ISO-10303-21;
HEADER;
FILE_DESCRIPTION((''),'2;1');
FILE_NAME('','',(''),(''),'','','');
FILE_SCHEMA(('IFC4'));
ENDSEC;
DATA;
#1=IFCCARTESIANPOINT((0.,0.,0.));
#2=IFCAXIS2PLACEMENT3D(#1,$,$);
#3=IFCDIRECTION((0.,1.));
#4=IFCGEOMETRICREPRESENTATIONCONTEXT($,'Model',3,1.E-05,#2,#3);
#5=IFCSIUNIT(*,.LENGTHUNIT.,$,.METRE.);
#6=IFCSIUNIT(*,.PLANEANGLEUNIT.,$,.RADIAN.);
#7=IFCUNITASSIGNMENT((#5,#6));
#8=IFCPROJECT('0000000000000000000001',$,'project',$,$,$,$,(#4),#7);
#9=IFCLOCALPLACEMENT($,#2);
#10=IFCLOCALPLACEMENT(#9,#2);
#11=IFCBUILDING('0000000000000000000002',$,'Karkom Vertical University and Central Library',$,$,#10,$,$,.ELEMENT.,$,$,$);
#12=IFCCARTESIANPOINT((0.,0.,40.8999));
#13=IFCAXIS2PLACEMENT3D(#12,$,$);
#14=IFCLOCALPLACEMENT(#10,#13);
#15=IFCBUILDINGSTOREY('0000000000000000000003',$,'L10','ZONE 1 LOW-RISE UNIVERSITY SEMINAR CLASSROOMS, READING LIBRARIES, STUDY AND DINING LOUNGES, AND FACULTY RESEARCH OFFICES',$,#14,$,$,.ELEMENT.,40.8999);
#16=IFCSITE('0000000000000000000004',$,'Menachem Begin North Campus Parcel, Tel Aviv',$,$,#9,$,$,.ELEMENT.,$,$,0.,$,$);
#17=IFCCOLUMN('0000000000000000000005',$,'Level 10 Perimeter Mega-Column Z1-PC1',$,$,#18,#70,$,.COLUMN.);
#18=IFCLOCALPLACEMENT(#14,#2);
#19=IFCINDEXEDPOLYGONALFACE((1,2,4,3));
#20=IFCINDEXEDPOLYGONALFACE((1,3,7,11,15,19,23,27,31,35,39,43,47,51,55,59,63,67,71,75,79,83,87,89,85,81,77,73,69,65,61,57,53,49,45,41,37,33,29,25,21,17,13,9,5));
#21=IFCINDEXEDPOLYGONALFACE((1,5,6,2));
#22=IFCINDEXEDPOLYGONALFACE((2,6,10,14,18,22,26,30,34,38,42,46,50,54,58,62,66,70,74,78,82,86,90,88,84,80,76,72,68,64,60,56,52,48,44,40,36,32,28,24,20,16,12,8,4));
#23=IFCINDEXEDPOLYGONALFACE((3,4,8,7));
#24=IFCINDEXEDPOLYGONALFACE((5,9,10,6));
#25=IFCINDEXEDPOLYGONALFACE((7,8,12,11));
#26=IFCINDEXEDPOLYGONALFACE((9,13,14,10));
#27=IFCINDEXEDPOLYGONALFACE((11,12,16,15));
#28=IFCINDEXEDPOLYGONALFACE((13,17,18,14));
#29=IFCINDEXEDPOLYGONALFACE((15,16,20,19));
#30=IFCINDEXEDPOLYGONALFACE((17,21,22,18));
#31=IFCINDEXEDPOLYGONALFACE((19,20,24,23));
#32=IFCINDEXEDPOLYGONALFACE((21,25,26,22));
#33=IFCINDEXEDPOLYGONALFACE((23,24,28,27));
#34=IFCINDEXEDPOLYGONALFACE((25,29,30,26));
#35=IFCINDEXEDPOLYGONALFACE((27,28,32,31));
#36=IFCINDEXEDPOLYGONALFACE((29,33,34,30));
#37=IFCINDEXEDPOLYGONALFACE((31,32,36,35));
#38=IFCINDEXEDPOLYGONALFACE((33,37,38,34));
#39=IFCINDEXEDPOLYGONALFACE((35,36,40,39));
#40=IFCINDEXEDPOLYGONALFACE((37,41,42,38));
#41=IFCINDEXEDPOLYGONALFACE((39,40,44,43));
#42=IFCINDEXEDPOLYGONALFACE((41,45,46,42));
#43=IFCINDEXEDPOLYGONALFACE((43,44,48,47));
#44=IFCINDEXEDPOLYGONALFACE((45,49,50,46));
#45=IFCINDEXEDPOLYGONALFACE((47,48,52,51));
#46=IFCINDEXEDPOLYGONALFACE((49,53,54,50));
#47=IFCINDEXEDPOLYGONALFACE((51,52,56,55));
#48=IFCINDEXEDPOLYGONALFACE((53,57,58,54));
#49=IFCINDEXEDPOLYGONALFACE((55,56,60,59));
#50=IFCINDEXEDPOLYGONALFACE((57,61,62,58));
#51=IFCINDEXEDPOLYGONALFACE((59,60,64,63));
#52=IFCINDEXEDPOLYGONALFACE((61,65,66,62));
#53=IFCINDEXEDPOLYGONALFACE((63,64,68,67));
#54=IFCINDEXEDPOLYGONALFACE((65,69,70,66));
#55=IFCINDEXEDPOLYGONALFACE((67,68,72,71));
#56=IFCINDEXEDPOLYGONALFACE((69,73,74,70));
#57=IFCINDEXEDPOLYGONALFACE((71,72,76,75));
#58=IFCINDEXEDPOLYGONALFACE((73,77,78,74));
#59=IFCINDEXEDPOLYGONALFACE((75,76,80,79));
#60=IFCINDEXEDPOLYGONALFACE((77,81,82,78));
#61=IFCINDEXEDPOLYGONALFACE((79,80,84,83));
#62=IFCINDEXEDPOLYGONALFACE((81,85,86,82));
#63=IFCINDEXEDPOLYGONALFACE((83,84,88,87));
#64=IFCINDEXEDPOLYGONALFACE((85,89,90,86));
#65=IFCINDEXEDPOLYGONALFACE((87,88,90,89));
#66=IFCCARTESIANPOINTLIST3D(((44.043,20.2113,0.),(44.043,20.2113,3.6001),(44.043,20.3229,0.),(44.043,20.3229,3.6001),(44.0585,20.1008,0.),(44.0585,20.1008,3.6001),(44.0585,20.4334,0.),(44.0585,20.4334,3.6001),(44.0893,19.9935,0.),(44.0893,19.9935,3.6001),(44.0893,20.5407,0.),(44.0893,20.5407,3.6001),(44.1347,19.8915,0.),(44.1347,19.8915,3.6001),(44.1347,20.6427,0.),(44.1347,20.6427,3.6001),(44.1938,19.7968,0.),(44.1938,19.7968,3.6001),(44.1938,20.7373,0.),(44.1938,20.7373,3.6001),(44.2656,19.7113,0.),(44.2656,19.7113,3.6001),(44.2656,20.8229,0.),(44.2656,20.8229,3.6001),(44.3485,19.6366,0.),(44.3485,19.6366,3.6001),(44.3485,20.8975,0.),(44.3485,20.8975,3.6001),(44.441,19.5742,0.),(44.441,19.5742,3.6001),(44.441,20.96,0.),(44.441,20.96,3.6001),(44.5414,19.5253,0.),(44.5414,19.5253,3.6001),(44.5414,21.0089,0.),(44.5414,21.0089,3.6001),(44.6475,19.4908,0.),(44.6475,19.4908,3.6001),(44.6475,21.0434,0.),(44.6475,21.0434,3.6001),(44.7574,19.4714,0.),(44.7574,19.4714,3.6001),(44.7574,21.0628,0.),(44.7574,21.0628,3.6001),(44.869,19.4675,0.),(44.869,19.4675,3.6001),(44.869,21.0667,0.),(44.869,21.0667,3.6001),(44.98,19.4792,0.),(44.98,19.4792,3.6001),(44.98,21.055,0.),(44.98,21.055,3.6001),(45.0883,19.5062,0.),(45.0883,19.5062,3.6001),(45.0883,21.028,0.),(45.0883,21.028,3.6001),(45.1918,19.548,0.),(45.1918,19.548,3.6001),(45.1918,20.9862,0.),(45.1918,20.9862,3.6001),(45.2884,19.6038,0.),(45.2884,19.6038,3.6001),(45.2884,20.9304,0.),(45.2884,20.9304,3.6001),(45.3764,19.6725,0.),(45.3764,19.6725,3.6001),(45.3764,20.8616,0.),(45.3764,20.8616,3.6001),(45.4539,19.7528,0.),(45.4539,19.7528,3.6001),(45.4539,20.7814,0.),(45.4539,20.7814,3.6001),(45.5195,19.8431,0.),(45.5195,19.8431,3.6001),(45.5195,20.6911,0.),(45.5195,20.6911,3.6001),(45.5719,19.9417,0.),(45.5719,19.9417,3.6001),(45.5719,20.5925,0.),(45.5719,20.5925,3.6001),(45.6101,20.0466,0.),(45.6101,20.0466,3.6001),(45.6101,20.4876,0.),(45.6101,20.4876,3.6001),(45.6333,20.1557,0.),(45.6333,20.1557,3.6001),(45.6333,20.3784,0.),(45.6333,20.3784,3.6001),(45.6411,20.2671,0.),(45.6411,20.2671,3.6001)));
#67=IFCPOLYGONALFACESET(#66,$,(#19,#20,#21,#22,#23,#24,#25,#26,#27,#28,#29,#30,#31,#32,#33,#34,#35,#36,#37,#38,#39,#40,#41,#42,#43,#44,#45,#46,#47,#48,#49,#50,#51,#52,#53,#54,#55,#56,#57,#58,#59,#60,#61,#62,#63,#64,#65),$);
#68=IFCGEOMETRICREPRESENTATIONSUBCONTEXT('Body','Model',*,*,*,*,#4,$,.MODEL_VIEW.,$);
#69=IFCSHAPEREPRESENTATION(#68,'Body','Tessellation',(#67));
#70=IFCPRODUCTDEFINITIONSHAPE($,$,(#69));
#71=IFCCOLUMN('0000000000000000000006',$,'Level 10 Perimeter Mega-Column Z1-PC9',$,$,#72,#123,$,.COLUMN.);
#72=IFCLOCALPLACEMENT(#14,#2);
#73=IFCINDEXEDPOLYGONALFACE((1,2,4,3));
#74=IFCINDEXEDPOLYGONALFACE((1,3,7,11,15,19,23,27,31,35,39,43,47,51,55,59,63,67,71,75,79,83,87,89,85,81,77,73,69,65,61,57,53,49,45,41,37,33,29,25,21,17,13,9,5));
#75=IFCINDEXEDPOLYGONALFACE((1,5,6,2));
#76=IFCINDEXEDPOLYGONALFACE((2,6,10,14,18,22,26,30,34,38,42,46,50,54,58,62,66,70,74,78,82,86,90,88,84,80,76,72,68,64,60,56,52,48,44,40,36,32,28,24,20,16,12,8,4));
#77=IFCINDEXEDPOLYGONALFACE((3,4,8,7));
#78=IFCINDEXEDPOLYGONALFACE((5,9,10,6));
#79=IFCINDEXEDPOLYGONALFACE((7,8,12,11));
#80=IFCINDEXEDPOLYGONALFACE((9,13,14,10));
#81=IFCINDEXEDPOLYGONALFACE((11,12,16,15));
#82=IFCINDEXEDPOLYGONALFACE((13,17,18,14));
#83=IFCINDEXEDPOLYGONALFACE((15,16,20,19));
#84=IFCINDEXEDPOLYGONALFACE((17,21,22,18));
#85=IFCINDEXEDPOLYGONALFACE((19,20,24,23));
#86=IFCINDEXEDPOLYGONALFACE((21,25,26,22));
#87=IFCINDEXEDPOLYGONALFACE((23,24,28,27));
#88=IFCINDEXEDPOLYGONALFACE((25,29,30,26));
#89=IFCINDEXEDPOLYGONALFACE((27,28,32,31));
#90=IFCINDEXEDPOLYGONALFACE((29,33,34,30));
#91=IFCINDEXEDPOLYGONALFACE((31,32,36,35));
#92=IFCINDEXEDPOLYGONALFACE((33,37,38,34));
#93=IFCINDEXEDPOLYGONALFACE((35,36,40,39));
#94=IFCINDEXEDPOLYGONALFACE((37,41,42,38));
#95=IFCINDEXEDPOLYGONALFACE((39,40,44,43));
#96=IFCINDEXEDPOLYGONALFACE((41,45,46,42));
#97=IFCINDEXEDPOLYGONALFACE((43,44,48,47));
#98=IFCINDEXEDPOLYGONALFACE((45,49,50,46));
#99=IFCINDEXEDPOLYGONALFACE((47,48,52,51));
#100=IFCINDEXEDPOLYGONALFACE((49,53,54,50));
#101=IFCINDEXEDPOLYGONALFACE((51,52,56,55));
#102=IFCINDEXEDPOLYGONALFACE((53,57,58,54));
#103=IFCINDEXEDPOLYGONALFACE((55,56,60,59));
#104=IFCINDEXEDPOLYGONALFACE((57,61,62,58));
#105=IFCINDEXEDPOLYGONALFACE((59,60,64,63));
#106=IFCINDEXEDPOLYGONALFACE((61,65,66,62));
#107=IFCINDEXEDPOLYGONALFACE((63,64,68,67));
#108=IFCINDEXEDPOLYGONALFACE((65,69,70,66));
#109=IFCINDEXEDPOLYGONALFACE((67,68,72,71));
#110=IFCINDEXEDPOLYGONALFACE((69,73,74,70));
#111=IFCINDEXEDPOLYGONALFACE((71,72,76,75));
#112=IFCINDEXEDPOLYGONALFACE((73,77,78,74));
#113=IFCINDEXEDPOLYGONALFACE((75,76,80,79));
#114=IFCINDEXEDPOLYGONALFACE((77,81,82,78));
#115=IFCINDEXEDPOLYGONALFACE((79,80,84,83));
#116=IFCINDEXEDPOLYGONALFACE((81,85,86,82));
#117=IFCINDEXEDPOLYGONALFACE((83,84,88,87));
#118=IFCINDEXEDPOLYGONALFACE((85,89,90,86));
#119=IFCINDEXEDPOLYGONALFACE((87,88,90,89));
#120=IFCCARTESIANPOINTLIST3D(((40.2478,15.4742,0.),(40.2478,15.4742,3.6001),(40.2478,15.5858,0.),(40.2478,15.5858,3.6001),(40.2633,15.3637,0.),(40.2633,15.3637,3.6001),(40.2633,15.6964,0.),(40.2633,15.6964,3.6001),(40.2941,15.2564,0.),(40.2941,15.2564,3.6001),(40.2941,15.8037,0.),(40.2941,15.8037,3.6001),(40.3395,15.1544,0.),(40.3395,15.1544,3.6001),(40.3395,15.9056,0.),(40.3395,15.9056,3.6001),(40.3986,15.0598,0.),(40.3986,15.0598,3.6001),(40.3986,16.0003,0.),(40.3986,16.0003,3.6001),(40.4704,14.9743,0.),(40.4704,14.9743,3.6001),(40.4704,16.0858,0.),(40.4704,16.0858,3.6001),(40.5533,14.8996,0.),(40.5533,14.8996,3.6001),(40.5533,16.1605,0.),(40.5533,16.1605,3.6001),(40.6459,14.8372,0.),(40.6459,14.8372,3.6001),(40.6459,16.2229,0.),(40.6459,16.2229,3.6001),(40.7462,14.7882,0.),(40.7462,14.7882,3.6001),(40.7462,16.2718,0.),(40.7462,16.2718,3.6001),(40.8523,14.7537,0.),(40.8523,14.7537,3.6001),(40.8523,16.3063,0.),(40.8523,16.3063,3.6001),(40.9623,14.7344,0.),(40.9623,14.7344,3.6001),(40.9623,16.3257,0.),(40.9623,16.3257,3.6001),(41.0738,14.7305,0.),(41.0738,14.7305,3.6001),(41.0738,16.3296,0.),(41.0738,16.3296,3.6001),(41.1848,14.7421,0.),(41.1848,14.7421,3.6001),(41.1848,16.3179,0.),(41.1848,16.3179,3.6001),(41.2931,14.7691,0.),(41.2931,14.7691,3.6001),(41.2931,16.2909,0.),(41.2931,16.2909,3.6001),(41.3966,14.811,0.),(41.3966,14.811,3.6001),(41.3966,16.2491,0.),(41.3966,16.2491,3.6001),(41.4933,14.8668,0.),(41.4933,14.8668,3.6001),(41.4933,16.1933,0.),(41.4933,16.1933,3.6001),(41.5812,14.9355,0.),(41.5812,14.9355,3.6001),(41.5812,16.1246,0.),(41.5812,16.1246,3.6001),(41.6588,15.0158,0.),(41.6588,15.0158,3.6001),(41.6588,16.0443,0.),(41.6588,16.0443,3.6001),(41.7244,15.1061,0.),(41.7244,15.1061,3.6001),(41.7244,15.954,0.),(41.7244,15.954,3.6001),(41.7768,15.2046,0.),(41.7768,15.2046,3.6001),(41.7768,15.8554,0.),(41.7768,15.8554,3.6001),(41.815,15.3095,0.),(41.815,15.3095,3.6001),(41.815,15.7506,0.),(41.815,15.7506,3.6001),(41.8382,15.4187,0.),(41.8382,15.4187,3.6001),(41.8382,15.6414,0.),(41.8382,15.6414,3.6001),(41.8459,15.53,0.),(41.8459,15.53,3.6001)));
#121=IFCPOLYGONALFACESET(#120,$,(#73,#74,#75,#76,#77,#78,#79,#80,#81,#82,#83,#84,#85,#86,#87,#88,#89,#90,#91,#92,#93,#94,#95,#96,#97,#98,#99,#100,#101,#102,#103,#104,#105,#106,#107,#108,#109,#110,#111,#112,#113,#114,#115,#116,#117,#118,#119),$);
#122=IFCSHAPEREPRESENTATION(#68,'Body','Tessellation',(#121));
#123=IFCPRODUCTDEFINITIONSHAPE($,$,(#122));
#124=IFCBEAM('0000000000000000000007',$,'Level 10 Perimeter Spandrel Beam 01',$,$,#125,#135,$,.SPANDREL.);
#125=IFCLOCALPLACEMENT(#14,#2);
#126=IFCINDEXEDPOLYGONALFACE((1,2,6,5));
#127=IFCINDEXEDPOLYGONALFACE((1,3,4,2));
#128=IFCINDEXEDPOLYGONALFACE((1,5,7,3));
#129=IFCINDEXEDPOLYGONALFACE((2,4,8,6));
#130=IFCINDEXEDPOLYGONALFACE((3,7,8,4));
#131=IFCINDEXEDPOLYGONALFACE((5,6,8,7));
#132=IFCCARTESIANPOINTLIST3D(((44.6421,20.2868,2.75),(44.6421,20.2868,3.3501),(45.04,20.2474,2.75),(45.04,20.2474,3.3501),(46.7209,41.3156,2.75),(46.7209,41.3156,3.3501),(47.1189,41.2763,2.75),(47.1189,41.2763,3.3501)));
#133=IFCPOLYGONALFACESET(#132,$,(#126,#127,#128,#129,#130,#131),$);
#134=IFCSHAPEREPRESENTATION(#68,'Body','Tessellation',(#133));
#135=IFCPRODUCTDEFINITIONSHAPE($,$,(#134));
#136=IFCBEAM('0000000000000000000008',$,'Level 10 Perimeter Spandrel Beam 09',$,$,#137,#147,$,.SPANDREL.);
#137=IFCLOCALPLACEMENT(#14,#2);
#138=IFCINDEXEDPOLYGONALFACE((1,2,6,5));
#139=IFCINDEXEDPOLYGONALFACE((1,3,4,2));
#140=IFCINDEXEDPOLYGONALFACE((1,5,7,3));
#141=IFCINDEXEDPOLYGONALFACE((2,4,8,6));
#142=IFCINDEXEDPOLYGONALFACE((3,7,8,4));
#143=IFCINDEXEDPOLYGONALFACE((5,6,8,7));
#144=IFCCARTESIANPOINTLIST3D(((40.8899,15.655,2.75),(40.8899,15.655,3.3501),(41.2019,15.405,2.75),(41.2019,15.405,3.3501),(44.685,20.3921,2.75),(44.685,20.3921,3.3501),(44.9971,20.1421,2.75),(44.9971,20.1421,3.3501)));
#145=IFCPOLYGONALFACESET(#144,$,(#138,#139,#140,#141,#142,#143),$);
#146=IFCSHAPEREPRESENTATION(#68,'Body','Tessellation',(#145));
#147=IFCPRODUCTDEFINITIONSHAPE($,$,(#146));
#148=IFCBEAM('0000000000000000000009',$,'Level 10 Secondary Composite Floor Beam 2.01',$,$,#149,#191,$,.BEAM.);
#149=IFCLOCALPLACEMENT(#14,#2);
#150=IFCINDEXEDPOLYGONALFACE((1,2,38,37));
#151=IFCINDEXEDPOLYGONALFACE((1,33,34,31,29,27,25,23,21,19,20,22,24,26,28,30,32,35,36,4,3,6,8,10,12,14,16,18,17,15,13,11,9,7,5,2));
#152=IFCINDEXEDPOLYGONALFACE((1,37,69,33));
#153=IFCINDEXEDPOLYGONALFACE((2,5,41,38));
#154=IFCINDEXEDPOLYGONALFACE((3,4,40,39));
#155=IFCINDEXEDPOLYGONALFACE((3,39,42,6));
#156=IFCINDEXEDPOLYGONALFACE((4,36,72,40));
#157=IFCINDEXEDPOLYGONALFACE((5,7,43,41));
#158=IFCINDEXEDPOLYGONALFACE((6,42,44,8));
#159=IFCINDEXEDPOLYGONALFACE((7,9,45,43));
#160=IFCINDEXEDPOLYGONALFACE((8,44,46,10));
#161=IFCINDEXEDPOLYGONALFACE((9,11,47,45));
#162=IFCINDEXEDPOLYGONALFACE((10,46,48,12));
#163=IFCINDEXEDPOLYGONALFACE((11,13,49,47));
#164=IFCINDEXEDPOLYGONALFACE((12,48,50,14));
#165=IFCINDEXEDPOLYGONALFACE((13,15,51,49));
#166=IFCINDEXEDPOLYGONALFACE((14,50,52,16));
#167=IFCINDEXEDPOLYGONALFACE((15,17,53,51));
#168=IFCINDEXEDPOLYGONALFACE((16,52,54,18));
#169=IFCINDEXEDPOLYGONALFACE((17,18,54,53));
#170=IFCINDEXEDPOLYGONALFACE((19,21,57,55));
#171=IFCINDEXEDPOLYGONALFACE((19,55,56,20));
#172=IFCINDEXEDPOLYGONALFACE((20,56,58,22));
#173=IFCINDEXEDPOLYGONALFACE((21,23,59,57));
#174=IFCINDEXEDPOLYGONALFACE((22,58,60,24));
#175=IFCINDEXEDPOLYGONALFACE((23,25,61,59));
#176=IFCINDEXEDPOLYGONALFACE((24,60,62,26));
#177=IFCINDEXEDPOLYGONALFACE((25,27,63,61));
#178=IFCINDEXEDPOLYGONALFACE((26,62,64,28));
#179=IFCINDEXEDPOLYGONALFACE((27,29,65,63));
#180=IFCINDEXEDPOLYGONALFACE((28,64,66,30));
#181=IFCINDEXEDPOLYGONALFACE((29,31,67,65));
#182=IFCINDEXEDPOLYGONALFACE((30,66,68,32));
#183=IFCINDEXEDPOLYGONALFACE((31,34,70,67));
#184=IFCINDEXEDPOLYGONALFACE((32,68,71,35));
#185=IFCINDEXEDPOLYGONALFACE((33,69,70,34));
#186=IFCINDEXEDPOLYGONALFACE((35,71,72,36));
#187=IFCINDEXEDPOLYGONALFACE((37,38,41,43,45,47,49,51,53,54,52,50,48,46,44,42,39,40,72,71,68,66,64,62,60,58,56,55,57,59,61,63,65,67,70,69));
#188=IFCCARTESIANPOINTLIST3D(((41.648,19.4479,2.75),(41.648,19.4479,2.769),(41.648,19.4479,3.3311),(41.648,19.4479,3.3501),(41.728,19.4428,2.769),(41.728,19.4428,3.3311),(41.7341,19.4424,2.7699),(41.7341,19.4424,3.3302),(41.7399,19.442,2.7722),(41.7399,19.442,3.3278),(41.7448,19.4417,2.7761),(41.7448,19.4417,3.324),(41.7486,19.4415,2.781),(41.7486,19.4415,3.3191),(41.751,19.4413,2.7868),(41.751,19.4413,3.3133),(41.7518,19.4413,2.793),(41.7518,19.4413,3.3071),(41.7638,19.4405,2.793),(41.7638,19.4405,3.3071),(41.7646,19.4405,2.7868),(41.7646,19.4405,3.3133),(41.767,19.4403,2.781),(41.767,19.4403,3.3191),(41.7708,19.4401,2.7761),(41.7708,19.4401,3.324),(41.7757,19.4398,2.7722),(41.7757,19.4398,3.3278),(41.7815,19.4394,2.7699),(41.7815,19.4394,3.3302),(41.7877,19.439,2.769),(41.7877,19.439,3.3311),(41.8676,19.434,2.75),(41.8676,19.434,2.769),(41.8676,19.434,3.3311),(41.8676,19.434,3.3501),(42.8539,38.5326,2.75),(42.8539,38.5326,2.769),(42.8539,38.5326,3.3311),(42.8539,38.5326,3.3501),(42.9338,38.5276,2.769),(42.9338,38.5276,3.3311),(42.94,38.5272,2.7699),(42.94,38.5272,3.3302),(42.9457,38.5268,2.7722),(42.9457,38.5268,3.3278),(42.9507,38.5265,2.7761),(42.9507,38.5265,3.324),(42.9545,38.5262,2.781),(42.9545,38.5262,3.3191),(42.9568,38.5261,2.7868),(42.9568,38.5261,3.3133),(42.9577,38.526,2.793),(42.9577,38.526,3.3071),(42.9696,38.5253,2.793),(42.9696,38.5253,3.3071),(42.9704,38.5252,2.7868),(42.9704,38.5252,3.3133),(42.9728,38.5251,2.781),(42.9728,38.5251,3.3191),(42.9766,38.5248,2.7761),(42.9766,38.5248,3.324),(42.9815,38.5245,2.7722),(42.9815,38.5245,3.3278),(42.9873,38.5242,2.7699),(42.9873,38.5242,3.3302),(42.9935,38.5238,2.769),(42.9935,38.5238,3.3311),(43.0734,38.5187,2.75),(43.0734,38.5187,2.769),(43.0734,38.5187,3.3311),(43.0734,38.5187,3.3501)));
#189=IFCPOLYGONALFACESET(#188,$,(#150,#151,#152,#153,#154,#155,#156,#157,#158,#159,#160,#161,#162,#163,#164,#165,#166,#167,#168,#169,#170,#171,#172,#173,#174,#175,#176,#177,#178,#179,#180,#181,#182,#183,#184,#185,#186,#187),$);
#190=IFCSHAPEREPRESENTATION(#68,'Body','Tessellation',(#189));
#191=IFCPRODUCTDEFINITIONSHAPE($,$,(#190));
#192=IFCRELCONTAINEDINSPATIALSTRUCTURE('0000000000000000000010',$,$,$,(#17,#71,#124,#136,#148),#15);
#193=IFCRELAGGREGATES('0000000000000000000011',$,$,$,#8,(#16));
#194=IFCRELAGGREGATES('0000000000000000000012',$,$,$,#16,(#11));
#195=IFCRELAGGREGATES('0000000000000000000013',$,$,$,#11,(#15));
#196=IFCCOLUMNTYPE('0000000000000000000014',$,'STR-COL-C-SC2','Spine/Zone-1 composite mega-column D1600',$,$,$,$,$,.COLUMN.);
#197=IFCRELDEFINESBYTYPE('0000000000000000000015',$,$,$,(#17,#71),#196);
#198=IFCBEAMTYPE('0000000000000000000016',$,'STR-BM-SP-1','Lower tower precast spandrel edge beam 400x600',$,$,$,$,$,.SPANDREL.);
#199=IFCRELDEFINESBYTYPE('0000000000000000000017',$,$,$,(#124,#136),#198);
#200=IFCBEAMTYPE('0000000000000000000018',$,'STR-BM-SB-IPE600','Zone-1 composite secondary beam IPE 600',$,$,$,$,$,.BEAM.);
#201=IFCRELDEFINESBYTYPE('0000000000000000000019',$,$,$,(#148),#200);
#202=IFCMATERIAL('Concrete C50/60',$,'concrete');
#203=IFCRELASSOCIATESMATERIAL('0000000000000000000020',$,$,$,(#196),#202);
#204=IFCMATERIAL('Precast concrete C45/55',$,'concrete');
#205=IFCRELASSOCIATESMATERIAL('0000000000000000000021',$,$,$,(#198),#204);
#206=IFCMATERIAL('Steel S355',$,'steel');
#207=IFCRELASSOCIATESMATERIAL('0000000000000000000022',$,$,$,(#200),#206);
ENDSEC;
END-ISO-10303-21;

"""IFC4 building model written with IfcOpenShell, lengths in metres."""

from ifc_helpers import new_model, si_unit, direction, frame, origin, origin_with_axes, origin_2d, place, context, subcontext, project, spatial, rectangle, circle, i_section, extrude, source, transform, mapped, material, material_profile, profile_set, type_object, element, save


model = new_model("IFC4")

# Units and contexts
model_context = context("Model", 3, precision=1e-05, world=origin(), true_north=direction((0.0, 1.0)))
body_context = subcontext(model_context, "Body", "Model", "MODEL_VIEW")
ifc_project = project(units=[si_unit("LENGTHUNIT", "METRE"), si_unit("PLANEANGLEUNIT", "RADIAN")], contexts=[model_context])

# Site, building, storey
site_placement = place(None, origin())
site = spatial("IfcSite", under=ifc_project, at=site_placement, Name="Menachem Begin North Campus Parcel, Tel Aviv", CompositionType="ELEMENT", RefElevation=0.0)
building_placement = place(site_placement, origin())
building = spatial("IfcBuilding", under=site, at=building_placement, Name="Karkom Vertical University and Central Library", CompositionType="ELEMENT")
storey_placement = place(building_placement, frame((0.0, 0.0, 40.8999)))
storey = spatial("IfcBuildingStorey", under=building, at=storey_placement, Name="L10", Description="ZONE 1 LOW-RISE UNIVERSITY SEMINAR CLASSROOMS, READING LIBRARIES, STUDY AND DINING LOUNGES, AND FACULTY RESEARCH OFFICES", CompositionType="ELEMENT", Elevation=40.8999)

# Columns
ifc_material_1 = material(Name="Concrete C50/60", Category="concrete")
ifc_material_profile_1 = material_profile(ifc_material_1, circle(Radius=0.8, at=origin_2d()), Name="CFT-D1600")
ifc_profile_set_1 = profile_set([ifc_material_profile_1], Name="Concrete C50/60")
column_type = type_object("IfcColumnType", Name="STR-COL-C-SC2", Description="Spine/Zone-1 composite mega-column D1600", PredefinedType="COLUMN", material=ifc_profile_set_1)
shared_shape_1 = source(origin_with_axes(), body_context, "Body", "SweptSolid", [
    extrude(circle(Radius=0.8, at=origin_2d()), origin(), (0.0, 0.0, 1.0), 3.6001),
])
for number, where, z_axis, x_axis, name in (
    (1, (44.8411, 20.2671, 0.0), (0.0, 0.0, 1.0), (1.0, 0.0, 0.0), "Level 10 Perimeter Mega-Column Z1-PC1"),
    (2, (41.0459, 15.53, 0.0), (0.0, 0.0, 1.0), (1.0, 0.0, 0.0), "Level 10 Perimeter Mega-Column Z1-PC9"),
):
    element("IfcColumn", number, at=place(storey_placement, frame(where, z_axis=z_axis, x_axis=x_axis)), inside=storey, type_object=column_type, Name=name, PredefinedType="COLUMN", context=body_context, shape_type="MappedRepresentation", body=[
        mapped(shared_shape_1, transform((0.0, 0.0, 0.0), scale=1.0)),
    ])

# Beams
ifc_material_2 = material(Name="Precast concrete C45/55", Category="concrete")
ifc_material_profile_2 = material_profile(ifc_material_2, rectangle(XDim=0.3999, YDim=0.6001, at=origin_2d()), Name="SPB-400x600")
ifc_profile_set_2 = profile_set([ifc_material_profile_2], Name="Precast concrete C45/55")
beam_type_1 = type_object("IfcBeamType", Name="STR-BM-SP-1", Description="Lower tower precast spandrel edge beam 400x600", PredefinedType="SPANDREL", material=ifc_profile_set_2)
shared_shape_2 = source(origin_with_axes(), body_context, "Body", "SweptSolid", [
    extrude(rectangle(XDim=0.3999, YDim=0.6001, at=origin_2d()), origin(), (0.0, 0.0, 1.0), 21.1313),
])
beam_1_placement = place(storey_placement, frame((44.8411, 20.2671, 3.05), z_axis=(0.098378, 0.995149, 0.0), x_axis=(-0.995149, 0.098378, 0.0)))
element("IfcBeam", 3, at=beam_1_placement, inside=storey, type_object=beam_type_1, Name="Level 10 Perimeter Spandrel Beam 01", PredefinedType="SPANDREL", context=body_context, shape_type="MappedRepresentation", body=[
    mapped(shared_shape_2, transform((0.0, 0.0, 0.0), scale=1.0)),
])
shared_shape_3 = source(origin_with_axes(), body_context, "Body", "SweptSolid", [
    extrude(rectangle(XDim=0.3999, YDim=0.6001, at=origin_2d()), origin(), (0.0, 0.0, 1.0), 6.0698),
])
beam_2_placement = place(storey_placement, frame((41.0459, 15.53, 3.05), z_axis=(0.625249, 0.780425, 0.0), x_axis=(-0.780425, 0.625249, 0.0)))
element("IfcBeam", 4, at=beam_2_placement, inside=storey, type_object=beam_type_1, Name="Level 10 Perimeter Spandrel Beam 09", PredefinedType="SPANDREL", context=body_context, shape_type="MappedRepresentation", body=[
    mapped(shared_shape_3, transform((0.0, 0.0, 0.0), scale=1.0)),
])
ifc_material_3 = material(Name="Steel S355", Category="steel")
ifc_material_profile_3 = material_profile(ifc_material_3, i_section(OverallWidth=0.22, OverallDepth=0.6001, WebThickness=0.012, FlangeThickness=0.019, FilletRadius=0.0239, at=origin_2d()), Name="IPE 600")
ifc_profile_set_3 = profile_set([ifc_material_profile_3], Name="Steel S355")
beam_type_2 = type_object("IfcBeamType", Name="STR-BM-SB-IPE600", Description="Zone-1 composite secondary beam IPE 600", PredefinedType="BEAM", material=ifc_profile_set_3)
shared_shape_4 = source(origin_with_axes(), body_context, "Body", "SweptSolid", [
    extrude(i_section(OverallWidth=0.22, OverallDepth=0.6001, WebThickness=0.012, FlangeThickness=0.019, FilletRadius=0.0239, at=origin_2d()), origin(), (0.0, 0.0, 1.0), 19.1228),
])
beam_3_placement = place(storey_placement, frame((41.7578, 19.4409, 3.05), z_axis=(0.063056, 0.99801, 0.0), x_axis=(-0.99801, 0.063056, 0.0)))
element("IfcBeam", 5, at=beam_3_placement, inside=storey, type_object=beam_type_2, Name="Level 10 Secondary Composite Floor Beam 2.01", PredefinedType="BEAM", context=body_context, shape_type="MappedRepresentation", body=[
    mapped(shared_shape_4, transform((0.0, 0.0, 0.0), scale=1.0)),
])

save(model, "model.ifc")
